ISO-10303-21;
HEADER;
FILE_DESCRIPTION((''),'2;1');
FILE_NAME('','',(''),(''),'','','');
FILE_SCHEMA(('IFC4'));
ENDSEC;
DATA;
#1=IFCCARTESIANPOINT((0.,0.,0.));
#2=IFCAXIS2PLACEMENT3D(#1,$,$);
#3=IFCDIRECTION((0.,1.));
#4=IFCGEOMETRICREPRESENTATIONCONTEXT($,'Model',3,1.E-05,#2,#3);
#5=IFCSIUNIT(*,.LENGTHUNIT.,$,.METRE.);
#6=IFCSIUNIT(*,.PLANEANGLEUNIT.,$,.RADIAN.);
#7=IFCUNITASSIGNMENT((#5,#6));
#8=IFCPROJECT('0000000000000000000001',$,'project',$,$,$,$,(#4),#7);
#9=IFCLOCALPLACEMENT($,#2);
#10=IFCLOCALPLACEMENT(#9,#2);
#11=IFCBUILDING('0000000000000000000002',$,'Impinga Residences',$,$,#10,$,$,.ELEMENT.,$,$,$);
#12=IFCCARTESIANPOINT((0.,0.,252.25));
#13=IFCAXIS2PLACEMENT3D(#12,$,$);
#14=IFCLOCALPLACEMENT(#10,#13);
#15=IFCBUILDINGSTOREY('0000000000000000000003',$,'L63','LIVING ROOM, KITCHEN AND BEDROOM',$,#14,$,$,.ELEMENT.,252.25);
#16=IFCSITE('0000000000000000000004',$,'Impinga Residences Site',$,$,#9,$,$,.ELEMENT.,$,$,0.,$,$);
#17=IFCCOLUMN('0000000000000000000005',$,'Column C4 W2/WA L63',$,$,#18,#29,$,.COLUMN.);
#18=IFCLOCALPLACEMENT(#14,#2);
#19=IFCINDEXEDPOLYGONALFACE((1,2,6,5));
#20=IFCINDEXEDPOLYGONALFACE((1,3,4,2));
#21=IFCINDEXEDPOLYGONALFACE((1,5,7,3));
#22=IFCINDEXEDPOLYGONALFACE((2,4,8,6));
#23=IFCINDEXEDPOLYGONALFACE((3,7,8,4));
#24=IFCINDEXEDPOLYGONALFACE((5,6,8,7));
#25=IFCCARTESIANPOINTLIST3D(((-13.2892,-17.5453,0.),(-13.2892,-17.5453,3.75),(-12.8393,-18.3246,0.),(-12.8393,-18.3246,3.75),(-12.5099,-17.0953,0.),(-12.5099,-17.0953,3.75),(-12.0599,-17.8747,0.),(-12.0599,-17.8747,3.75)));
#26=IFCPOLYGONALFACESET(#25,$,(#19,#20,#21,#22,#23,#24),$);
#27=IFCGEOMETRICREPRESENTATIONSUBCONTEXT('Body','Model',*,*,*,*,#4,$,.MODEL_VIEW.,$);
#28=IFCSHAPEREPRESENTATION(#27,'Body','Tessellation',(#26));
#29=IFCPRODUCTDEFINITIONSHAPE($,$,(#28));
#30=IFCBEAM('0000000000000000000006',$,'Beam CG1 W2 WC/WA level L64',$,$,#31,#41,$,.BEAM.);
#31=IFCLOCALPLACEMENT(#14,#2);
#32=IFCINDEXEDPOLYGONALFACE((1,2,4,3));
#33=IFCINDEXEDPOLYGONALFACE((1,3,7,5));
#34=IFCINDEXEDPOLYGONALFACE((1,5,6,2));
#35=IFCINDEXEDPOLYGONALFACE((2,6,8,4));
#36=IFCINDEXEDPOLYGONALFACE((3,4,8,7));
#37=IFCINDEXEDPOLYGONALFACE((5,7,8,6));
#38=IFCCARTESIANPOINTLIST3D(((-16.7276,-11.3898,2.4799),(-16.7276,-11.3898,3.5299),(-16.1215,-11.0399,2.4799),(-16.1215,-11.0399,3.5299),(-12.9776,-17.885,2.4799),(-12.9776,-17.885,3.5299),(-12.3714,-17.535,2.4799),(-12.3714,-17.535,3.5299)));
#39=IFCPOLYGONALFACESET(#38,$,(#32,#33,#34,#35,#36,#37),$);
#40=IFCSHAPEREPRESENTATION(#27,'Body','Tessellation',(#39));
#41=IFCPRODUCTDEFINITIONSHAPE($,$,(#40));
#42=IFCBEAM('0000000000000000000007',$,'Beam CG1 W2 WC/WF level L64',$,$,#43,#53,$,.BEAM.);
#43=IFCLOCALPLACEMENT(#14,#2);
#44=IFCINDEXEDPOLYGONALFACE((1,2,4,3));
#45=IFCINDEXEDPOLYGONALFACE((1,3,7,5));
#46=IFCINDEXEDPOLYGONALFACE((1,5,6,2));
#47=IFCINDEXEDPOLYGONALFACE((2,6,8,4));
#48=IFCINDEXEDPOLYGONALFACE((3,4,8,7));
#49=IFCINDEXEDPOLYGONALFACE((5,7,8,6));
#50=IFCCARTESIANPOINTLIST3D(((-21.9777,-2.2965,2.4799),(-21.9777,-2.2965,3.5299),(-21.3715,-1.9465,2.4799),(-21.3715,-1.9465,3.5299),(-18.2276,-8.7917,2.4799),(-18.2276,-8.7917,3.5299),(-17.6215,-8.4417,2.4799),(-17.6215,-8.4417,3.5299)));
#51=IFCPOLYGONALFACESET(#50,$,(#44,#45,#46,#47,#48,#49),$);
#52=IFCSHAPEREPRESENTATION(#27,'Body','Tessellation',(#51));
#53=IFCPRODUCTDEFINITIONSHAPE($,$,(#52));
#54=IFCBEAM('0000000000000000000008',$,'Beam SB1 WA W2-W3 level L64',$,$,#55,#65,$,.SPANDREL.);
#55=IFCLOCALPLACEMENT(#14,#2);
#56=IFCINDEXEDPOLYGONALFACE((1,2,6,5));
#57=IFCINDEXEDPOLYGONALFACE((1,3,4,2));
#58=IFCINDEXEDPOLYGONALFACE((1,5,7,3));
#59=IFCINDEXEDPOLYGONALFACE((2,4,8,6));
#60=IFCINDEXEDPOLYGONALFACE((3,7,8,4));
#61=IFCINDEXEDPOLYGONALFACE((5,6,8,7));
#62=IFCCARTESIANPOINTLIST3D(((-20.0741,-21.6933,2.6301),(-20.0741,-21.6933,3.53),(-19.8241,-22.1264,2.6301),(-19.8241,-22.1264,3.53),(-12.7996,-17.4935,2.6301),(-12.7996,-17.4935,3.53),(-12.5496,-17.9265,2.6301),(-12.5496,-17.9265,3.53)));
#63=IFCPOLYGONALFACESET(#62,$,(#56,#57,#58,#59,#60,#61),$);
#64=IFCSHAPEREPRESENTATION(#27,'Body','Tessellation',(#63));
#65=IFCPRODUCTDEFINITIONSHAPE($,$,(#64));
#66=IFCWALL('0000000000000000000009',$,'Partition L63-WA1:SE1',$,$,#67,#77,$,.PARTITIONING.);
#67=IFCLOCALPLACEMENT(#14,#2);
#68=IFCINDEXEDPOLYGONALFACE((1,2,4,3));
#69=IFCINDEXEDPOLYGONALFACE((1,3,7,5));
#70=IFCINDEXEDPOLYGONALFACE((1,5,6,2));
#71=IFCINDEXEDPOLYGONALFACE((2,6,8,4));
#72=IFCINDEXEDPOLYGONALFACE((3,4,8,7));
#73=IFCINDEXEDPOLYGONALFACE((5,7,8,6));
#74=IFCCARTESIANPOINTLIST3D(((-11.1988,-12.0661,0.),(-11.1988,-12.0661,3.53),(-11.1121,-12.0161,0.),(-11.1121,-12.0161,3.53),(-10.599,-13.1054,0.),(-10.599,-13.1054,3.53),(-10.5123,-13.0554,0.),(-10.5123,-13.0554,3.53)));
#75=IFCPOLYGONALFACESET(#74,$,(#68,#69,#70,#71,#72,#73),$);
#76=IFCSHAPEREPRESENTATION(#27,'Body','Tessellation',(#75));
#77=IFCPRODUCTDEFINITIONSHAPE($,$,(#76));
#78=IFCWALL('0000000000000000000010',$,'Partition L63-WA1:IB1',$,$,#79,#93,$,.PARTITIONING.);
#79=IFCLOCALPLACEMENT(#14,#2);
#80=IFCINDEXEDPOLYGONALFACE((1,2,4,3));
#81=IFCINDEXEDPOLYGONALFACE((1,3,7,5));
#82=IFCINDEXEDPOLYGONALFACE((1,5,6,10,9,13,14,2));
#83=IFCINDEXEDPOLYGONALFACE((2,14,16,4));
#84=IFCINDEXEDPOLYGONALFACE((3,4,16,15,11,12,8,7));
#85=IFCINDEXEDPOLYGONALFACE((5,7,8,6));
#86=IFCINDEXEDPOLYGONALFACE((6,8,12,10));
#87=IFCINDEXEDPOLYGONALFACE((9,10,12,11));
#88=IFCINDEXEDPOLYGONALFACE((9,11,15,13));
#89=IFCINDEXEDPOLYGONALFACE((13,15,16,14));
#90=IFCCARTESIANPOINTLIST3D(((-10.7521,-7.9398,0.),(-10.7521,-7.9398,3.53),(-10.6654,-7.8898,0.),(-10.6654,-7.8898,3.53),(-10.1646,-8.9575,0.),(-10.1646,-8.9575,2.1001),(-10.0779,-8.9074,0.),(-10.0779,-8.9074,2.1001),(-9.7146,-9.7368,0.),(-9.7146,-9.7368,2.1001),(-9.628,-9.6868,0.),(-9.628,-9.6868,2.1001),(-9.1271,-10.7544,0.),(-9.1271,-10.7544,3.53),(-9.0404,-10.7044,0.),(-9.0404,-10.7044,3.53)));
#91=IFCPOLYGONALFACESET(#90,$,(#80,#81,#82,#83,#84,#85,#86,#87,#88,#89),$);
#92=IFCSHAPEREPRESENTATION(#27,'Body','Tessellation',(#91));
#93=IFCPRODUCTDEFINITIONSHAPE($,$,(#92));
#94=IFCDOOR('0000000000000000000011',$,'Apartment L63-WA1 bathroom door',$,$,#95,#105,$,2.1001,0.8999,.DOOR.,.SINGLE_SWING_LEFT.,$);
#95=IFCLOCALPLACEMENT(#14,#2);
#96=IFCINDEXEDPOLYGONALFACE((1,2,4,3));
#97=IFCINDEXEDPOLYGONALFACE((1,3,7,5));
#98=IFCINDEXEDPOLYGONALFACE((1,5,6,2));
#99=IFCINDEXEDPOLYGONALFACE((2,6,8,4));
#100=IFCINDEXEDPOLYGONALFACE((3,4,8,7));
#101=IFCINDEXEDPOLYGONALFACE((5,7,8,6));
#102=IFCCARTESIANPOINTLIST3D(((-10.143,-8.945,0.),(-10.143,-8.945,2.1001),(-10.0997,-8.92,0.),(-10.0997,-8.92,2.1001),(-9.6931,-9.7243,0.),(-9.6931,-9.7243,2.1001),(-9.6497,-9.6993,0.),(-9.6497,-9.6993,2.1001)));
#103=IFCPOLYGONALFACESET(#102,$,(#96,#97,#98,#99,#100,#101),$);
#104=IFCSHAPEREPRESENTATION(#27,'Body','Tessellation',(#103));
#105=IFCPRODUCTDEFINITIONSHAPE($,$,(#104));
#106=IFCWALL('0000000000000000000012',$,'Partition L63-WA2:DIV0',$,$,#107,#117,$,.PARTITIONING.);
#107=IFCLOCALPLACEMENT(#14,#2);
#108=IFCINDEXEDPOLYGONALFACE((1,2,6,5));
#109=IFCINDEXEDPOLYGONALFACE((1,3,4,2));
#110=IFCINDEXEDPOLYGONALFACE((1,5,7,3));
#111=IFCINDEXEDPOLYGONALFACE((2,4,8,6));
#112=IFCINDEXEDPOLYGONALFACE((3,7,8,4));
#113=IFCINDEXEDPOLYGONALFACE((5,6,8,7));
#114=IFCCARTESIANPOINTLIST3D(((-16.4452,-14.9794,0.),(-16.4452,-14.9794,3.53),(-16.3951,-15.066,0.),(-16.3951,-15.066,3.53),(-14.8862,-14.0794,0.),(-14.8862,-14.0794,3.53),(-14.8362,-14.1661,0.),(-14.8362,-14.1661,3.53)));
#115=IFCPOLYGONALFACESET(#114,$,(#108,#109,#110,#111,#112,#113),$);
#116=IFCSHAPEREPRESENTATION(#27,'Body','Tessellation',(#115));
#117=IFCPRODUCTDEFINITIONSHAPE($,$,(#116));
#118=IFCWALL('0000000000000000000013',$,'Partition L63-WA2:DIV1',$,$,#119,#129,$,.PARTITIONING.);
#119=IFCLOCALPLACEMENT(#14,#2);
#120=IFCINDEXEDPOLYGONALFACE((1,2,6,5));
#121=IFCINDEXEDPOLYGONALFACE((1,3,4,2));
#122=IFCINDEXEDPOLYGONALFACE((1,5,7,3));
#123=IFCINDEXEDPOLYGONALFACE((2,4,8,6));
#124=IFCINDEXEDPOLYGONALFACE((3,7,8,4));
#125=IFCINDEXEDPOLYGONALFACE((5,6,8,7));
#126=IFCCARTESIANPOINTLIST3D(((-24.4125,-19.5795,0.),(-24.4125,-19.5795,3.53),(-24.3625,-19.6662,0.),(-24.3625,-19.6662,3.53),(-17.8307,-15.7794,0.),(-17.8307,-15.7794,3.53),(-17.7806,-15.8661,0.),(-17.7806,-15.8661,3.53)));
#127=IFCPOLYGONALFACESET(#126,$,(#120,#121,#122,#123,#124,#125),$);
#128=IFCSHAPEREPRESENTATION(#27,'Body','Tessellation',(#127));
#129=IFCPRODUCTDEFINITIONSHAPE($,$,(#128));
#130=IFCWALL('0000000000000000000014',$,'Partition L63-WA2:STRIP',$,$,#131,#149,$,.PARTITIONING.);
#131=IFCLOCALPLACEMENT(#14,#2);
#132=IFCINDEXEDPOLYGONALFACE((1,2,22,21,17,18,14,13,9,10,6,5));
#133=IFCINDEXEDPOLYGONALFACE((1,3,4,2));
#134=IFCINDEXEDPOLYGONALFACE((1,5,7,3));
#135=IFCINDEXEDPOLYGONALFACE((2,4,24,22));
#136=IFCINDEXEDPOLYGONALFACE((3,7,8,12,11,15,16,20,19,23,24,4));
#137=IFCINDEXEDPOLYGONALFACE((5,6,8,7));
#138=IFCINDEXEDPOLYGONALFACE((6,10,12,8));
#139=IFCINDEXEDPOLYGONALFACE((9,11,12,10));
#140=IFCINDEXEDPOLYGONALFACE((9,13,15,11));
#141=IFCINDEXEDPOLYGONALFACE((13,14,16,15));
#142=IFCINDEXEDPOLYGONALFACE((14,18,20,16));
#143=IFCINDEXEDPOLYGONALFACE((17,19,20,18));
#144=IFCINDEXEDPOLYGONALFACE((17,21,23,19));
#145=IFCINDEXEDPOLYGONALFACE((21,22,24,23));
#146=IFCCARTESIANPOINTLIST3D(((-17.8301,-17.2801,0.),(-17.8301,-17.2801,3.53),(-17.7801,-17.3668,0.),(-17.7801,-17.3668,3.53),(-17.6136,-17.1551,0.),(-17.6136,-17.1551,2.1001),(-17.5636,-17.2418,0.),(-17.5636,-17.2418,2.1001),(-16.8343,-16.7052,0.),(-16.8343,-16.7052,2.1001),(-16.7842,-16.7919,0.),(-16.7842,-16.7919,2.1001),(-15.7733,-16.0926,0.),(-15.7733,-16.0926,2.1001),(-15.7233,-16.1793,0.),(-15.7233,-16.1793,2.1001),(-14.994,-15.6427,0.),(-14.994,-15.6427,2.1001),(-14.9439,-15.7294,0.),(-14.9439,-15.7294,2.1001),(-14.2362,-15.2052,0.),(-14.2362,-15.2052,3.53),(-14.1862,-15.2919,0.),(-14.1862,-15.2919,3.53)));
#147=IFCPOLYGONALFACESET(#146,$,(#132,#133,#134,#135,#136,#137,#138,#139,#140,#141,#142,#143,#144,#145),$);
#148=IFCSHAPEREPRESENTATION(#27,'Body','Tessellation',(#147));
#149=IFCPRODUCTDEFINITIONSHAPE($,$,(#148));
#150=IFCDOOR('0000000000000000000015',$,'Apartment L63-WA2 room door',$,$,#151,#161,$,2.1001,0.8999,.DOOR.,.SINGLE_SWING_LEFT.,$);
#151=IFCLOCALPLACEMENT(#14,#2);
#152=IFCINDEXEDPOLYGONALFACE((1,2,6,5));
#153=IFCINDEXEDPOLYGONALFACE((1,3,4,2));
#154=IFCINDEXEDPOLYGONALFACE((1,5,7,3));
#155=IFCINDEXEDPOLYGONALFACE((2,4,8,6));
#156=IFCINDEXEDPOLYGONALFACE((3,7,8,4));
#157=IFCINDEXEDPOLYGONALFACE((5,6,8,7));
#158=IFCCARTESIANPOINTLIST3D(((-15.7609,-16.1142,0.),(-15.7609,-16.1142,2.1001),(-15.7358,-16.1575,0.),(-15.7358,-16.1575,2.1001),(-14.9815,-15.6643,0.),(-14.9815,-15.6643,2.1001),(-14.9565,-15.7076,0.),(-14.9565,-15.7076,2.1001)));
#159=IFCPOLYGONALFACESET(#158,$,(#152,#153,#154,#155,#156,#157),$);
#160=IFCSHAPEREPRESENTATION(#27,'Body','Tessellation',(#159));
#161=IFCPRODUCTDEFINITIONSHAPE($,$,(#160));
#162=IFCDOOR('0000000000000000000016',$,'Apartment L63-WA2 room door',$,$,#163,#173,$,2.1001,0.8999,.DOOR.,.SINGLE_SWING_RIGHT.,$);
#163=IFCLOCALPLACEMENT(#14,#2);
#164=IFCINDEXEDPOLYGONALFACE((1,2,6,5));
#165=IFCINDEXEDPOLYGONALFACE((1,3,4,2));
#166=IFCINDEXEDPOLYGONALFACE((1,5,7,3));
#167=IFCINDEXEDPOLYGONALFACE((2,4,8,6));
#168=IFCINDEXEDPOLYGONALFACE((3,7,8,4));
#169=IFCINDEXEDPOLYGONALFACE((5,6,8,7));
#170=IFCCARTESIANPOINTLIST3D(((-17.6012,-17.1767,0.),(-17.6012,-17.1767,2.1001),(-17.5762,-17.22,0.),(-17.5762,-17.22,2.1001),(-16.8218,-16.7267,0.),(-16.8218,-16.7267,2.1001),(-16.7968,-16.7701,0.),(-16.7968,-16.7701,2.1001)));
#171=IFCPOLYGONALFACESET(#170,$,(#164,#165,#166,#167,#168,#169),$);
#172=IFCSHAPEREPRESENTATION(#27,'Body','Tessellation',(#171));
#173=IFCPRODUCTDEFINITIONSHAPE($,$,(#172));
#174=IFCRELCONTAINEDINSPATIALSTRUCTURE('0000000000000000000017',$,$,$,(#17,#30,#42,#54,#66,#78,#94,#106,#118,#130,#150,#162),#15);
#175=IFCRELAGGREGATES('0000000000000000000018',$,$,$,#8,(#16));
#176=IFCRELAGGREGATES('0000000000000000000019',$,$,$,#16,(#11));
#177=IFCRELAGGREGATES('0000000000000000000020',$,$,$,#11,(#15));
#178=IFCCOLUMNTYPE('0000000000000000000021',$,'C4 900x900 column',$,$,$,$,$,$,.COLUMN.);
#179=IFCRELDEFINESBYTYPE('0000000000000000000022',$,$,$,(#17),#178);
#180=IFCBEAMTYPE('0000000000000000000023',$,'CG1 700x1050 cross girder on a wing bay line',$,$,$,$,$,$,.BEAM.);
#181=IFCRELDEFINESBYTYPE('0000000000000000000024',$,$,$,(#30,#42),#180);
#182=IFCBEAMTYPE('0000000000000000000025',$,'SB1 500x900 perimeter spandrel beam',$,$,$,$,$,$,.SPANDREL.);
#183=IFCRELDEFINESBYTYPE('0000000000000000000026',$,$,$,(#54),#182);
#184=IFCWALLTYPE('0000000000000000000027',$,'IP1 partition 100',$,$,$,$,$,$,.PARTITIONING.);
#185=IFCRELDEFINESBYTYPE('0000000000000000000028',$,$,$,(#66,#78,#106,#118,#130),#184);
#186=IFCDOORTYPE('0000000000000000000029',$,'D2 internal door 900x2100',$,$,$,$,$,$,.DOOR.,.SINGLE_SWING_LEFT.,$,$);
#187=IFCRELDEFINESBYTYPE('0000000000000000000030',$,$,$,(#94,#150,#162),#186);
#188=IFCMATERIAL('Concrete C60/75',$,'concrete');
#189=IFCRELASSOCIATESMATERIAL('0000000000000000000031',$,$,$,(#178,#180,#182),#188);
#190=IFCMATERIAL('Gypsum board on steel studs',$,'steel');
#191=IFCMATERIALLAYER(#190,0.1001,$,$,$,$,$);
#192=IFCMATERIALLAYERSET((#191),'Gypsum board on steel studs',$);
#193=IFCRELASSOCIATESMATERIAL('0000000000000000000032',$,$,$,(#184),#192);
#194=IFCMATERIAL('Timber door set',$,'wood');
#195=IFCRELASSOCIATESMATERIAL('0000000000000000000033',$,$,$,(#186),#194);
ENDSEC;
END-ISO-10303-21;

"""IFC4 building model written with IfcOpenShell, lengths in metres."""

from ifc_helpers import new_model, si_unit, direction, frame, frame_2d, origin, origin_2d, place, context, subcontext, project, spatial, rectangle, extrude, material, layer, layer_set, material_profile, profile_set, type_object, element, fill, save


model = new_model("IFC4")

# Units and contexts
model_context = context("Model", 3, precision=1e-05, world=origin(), true_north=direction((0.0, 1.0)))
body_context = subcontext(model_context, "Body", "Model", "MODEL_VIEW")
ifc_project = project(units=[si_unit("LENGTHUNIT", "METRE"), si_unit("PLANEANGLEUNIT", "RADIAN")], contexts=[model_context])

# Site, building, storey
site_placement = place(None, origin())
site = spatial("IfcSite", under=ifc_project, at=site_placement, Name="Impinga Residences Site", CompositionType="ELEMENT", RefElevation=0.0)
building_placement = place(site_placement, origin())
building = spatial("IfcBuilding", under=site, at=building_placement, Name="Impinga Residences", CompositionType="ELEMENT")
storey_placement = place(building_placement, frame((0.0, 0.0, 252.25)))
storey = spatial("IfcBuildingStorey", under=building, at=storey_placement, Name="L63", Description="LIVING ROOM, KITCHEN AND BEDROOM", CompositionType="ELEMENT", Elevation=252.25)

# Column
ifc_material_1 = material(Name="Concrete C60/75", Category="concrete")
ifc_material_profile_1 = material_profile(ifc_material_1, rectangle(XDim=0.8999, YDim=0.8999, at=origin_2d()), Name="RC 900x900")
ifc_profile_set_1 = profile_set([ifc_material_profile_1], Name="Concrete C60/75")
column_type = type_object("IfcColumnType", Name="C4 900x900 column", PredefinedType="COLUMN", material=ifc_profile_set_1)
column_placement = place(storey_placement, frame((-12.6746, -17.71, 0.0), z_axis=(0.0, 0.0, 1.0), x_axis=(-0.5, 0.866025, 0.0)))
element("IfcColumn", 1, at=column_placement, inside=storey, type_object=column_type, Name="Column C4 W2/WA L63", PredefinedType="COLUMN", context=body_context, shape_type="SweptSolid", body=[
    extrude(rectangle(XDim=0.8999, YDim=0.8999, at=origin_2d()), origin(), (0.0, 0.0, 1.0), 3.75),
])

# Beams
ifc_material_profile_2 = material_profile(ifc_material_1, rectangle(XDim=0.7, YDim=1.05, at=origin_2d()), Name="RC 700x1050")
ifc_profile_set_2 = profile_set([ifc_material_profile_2], Name="Concrete C60/75")
beam_type_1 = type_object("IfcBeamType", Name="CG1 700x1050 cross girder on a wing bay line", PredefinedType="BEAM", material=ifc_profile_set_2)
for number, where, z_axis, x_axis, name in (
    (2, (-16.4246, -11.2148, 3.0049), (0.500004, -0.866023, 0.0), (0.866023, 0.500004, 0.0), "Beam CG1 W2 WC/WA level L64"),
    (3, (-17.9246, -8.6167, 3.0049), (-0.500004, 0.866023, 0.0), (-0.866023, -0.500004, 0.0), "Beam CG1 W2 WC/WF level L64"),
):
    element("IfcBeam", number, at=place(storey_placement, frame(where, z_axis=z_axis, x_axis=x_axis)), inside=storey, type_object=beam_type_1, Name=name, PredefinedType="BEAM", context=body_context, shape_type="SweptSolid", body=[
        extrude(rectangle(XDim=0.7, YDim=1.05, at=origin_2d()), origin(), (0.0, 0.0, 1.0), 7.5),
    ])
ifc_material_profile_3 = material_profile(ifc_material_1, rectangle(XDim=0.5, YDim=0.8999, at=origin_2d()), Name="RC 500x900")
ifc_profile_set_3 = profile_set([ifc_material_profile_3], Name="Concrete C60/75")
beam_type_2 = type_object("IfcBeamType", Name="SB1 500x900 perimeter spandrel beam", PredefinedType="SPANDREL", material=ifc_profile_set_3)
beam_placement = place(storey_placement, frame((-12.6746, -17.71, 3.0801), z_axis=(-0.866029, -0.499993, 0.0), x_axis=(0.499993, -0.866029, 0.0)))
element("IfcBeam", 4, at=beam_placement, inside=storey, type_object=beam_type_2, Name="Beam SB1 WA W2-W3 level L64", PredefinedType="SPANDREL", context=body_context, shape_type="SweptSolid", body=[
    extrude(rectangle(XDim=0.5, YDim=0.8999, at=origin_2d()), origin(), (0.0, 0.0, 1.0), 8.3999),
])

# Wall
ifc_material_2 = material(Name="Gypsum board on steel studs", Category="steel")
ifc_layer_1 = layer(ifc_material_2, 0.1001)
ifc_layer_set_1 = layer_set([ifc_layer_1], Name="Gypsum board on steel studs")
wall_type_1 = type_object("IfcWallType", Name="IP1 partition 100", PredefinedType="PARTITIONING", material=ifc_layer_set_1)
wall_1_placement = place(storey_placement, frame((-11.1555, -12.041, 0.0), z_axis=(0.0, 0.0, 1.0), x_axis=(0.499881, -0.866094, 0.0)))
element("IfcWall", 5, at=wall_1_placement, inside=storey, type_object=wall_type_1, Name="Partition L63-WA1:SE1", PredefinedType="PARTITIONING", context=body_context, shape_type="SweptSolid", body=[
    extrude(rectangle(XDim=1.2, YDim=0.1001, at=frame_2d((0.6001, 0.0))), origin(), (0.0, 0.0, 1.0), 3.53),
])

# Wall, opening, door
wall_2_placement = place(storey_placement, frame((-10.7087, -7.9148, 0.0), z_axis=(0.0, 0.0, 1.0), x_axis=(0.499985, -0.866034, 0.0)))
wall_2 = element("IfcWall", 6, at=wall_2_placement, inside=storey, type_object=wall_type_1, Name="Partition L63-WA1:IB1", PredefinedType="PARTITIONING", context=body_context, shape_type="SweptSolid", body=[
    extrude(rectangle(XDim=3.25, YDim=0.1001, at=frame_2d((1.625, 0.0))), origin(), (0.0, 0.0, 1.0), 3.53),
])
opening_1_placement = place(wall_2_placement, frame((1.175, 0.0, 0.0)))
opening_1 = element("IfcOpeningElement", 7, at=opening_1_placement, cuts=wall_2, PredefinedType="OPENING", context=body_context, shape_type="SweptSolid", body=[
    extrude(rectangle(XDim=0.8999, YDim=2.1001, at=frame_2d((0.45, 1.05))), frame((0.0, 0.0601, 0.0), z_axis=(0.0, -1.0, 0.0), x_axis=(1.0, 0.0, 0.0)), (0.0, 0.0, 1.0), 0.1201),
])
ifc_material_3 = material(Name="Timber door set", Category="wood")
door_type = type_object("IfcDoorType", Name="D2 internal door 900x2100", OperationType="SINGLE_SWING_LEFT", PredefinedType="DOOR", material=ifc_material_3)
door_1_placement = place(opening_1_placement, origin())
door_1 = element("IfcDoor", 8, at=door_1_placement, inside=storey, type_object=door_type, Name="Apartment L63-WA1 bathroom door", OperationType="SINGLE_SWING_LEFT", OverallHeight=2.1001, OverallWidth=0.8999, PredefinedType="DOOR", context=body_context, shape_type="SweptSolid", body=[
    extrude(rectangle(XDim=0.8999, YDim=2.1001, at=frame_2d((0.45, 1.05))), frame((0.0, 0.0249, 0.0), z_axis=(0.0, -1.0, 0.0), x_axis=(1.0, 0.0, 0.0)), (0.0, 0.0, 1.0), 0.05),
])
fill(opening_1, door_1)

# Walls
wall_3_placement = place(storey_placement, frame((-14.8613, -14.1228, 0.0), z_axis=(0.0, 0.0, 1.0), x_axis=(-0.866048, -0.499961, 0.0)))
element("IfcWall", 9, at=wall_3_placement, inside=storey, type_object=wall_type_1, Name="Partition L63-WA2:DIV0", PredefinedType="PARTITIONING", context=body_context, shape_type="SweptSolid", body=[
    extrude(rectangle(XDim=1.8, YDim=0.1001, at=frame_2d((0.8999, 0.0))), origin(), (0.0, 0.0, 1.0), 3.53),
])
wall_4_placement = place(storey_placement, frame((-17.8057, -15.8228, 0.0), z_axis=(0.0, 0.0, 1.0), x_axis=(-0.866022, -0.500005, 0.0)))
element("IfcWall", 10, at=wall_4_placement, inside=storey, type_object=wall_type_1, Name="Partition L63-WA2:DIV1", PredefinedType="PARTITIONING", context=body_context, shape_type="SweptSolid", body=[
    extrude(rectangle(XDim=7.6001, YDim=0.1001, at=frame_2d((3.8, 0.0))), origin(), (0.0, 0.0, 1.0), 3.53),
])

# Wall, openings, doors
wall_5_placement = place(storey_placement, frame((-14.2112, -15.2485, 0.0), z_axis=(0.0, 0.0, 1.0), x_axis=(-0.86603, -0.499992, 0.0)))
wall_5 = element("IfcWall", 11, at=wall_5_placement, inside=storey, type_object=wall_type_1, Name="Partition L63-WA2:STRIP", PredefinedType="PARTITIONING", context=body_context, shape_type="SweptSolid", body=[
    extrude(rectangle(XDim=4.1499, YDim=0.1001, at=frame_2d((2.075, 0.0))), origin(), (0.0, 0.0, 1.0), 3.53),
])
opening_2_placement = place(wall_5_placement, frame((0.875, 0.0, 0.0)))
opening_2 = element("IfcOpeningElement", 12, at=opening_2_placement, cuts=wall_5, PredefinedType="OPENING", context=body_context, shape_type="SweptSolid", body=[
    extrude(rectangle(XDim=0.8999, YDim=2.1001, at=frame_2d((0.45, 1.05))), frame((0.0, 0.0601, 0.0), z_axis=(0.0, -1.0, 0.0), x_axis=(1.0, 0.0, 0.0)), (0.0, 0.0, 1.0), 0.1201),
])
opening_3_placement = place(wall_5_placement, frame((3.0, 0.0, 0.0)))
opening_3 = element("IfcOpeningElement", 13, at=opening_3_placement, cuts=wall_5, PredefinedType="OPENING", context=body_context, shape_type="SweptSolid", body=[
    extrude(rectangle(XDim=0.8999, YDim=2.1001, at=frame_2d((0.45, 1.05))), frame((0.0, 0.0601, 0.0), z_axis=(0.0, -1.0, 0.0), x_axis=(1.0, 0.0, 0.0)), (0.0, 0.0, 1.0), 0.1201),
])
door_2_placement = place(opening_2_placement, origin())
door_2 = element("IfcDoor", 14, at=door_2_placement, inside=storey, type_object=door_type, Name="Apartment L63-WA2 room door", OperationType="SINGLE_SWING_LEFT", OverallHeight=2.1001, OverallWidth=0.8999, PredefinedType="DOOR", context=body_context, shape_type="SweptSolid", body=[
    extrude(rectangle(XDim=0.8999, YDim=2.1001, at=frame_2d((0.45, 1.05))), frame((0.0, 0.0249, 0.0), z_axis=(0.0, -1.0, 0.0), x_axis=(1.0, 0.0, 0.0)), (0.0, 0.0, 1.0), 0.05),
])
fill(opening_2, door_2)
door_3_placement = place(opening_3_placement, origin())
door_3 = element("IfcDoor", 15, at=door_3_placement, inside=storey, type_object=door_type, Name="Apartment L63-WA2 room door", OperationType="SINGLE_SWING_RIGHT", OverallHeight=2.1001, OverallWidth=0.8999, PredefinedType="DOOR", context=body_context, shape_type="SweptSolid", body=[
    extrude(rectangle(XDim=0.8999, YDim=2.1001, at=frame_2d((0.45, 1.05))), frame((0.0, 0.0249, 0.0), z_axis=(0.0, -1.0, 0.0), x_axis=(1.0, 0.0, 0.0)), (0.0, 0.0, 1.0), 0.05),
])
fill(opening_3, door_3)

save(model, "model.ifc")
